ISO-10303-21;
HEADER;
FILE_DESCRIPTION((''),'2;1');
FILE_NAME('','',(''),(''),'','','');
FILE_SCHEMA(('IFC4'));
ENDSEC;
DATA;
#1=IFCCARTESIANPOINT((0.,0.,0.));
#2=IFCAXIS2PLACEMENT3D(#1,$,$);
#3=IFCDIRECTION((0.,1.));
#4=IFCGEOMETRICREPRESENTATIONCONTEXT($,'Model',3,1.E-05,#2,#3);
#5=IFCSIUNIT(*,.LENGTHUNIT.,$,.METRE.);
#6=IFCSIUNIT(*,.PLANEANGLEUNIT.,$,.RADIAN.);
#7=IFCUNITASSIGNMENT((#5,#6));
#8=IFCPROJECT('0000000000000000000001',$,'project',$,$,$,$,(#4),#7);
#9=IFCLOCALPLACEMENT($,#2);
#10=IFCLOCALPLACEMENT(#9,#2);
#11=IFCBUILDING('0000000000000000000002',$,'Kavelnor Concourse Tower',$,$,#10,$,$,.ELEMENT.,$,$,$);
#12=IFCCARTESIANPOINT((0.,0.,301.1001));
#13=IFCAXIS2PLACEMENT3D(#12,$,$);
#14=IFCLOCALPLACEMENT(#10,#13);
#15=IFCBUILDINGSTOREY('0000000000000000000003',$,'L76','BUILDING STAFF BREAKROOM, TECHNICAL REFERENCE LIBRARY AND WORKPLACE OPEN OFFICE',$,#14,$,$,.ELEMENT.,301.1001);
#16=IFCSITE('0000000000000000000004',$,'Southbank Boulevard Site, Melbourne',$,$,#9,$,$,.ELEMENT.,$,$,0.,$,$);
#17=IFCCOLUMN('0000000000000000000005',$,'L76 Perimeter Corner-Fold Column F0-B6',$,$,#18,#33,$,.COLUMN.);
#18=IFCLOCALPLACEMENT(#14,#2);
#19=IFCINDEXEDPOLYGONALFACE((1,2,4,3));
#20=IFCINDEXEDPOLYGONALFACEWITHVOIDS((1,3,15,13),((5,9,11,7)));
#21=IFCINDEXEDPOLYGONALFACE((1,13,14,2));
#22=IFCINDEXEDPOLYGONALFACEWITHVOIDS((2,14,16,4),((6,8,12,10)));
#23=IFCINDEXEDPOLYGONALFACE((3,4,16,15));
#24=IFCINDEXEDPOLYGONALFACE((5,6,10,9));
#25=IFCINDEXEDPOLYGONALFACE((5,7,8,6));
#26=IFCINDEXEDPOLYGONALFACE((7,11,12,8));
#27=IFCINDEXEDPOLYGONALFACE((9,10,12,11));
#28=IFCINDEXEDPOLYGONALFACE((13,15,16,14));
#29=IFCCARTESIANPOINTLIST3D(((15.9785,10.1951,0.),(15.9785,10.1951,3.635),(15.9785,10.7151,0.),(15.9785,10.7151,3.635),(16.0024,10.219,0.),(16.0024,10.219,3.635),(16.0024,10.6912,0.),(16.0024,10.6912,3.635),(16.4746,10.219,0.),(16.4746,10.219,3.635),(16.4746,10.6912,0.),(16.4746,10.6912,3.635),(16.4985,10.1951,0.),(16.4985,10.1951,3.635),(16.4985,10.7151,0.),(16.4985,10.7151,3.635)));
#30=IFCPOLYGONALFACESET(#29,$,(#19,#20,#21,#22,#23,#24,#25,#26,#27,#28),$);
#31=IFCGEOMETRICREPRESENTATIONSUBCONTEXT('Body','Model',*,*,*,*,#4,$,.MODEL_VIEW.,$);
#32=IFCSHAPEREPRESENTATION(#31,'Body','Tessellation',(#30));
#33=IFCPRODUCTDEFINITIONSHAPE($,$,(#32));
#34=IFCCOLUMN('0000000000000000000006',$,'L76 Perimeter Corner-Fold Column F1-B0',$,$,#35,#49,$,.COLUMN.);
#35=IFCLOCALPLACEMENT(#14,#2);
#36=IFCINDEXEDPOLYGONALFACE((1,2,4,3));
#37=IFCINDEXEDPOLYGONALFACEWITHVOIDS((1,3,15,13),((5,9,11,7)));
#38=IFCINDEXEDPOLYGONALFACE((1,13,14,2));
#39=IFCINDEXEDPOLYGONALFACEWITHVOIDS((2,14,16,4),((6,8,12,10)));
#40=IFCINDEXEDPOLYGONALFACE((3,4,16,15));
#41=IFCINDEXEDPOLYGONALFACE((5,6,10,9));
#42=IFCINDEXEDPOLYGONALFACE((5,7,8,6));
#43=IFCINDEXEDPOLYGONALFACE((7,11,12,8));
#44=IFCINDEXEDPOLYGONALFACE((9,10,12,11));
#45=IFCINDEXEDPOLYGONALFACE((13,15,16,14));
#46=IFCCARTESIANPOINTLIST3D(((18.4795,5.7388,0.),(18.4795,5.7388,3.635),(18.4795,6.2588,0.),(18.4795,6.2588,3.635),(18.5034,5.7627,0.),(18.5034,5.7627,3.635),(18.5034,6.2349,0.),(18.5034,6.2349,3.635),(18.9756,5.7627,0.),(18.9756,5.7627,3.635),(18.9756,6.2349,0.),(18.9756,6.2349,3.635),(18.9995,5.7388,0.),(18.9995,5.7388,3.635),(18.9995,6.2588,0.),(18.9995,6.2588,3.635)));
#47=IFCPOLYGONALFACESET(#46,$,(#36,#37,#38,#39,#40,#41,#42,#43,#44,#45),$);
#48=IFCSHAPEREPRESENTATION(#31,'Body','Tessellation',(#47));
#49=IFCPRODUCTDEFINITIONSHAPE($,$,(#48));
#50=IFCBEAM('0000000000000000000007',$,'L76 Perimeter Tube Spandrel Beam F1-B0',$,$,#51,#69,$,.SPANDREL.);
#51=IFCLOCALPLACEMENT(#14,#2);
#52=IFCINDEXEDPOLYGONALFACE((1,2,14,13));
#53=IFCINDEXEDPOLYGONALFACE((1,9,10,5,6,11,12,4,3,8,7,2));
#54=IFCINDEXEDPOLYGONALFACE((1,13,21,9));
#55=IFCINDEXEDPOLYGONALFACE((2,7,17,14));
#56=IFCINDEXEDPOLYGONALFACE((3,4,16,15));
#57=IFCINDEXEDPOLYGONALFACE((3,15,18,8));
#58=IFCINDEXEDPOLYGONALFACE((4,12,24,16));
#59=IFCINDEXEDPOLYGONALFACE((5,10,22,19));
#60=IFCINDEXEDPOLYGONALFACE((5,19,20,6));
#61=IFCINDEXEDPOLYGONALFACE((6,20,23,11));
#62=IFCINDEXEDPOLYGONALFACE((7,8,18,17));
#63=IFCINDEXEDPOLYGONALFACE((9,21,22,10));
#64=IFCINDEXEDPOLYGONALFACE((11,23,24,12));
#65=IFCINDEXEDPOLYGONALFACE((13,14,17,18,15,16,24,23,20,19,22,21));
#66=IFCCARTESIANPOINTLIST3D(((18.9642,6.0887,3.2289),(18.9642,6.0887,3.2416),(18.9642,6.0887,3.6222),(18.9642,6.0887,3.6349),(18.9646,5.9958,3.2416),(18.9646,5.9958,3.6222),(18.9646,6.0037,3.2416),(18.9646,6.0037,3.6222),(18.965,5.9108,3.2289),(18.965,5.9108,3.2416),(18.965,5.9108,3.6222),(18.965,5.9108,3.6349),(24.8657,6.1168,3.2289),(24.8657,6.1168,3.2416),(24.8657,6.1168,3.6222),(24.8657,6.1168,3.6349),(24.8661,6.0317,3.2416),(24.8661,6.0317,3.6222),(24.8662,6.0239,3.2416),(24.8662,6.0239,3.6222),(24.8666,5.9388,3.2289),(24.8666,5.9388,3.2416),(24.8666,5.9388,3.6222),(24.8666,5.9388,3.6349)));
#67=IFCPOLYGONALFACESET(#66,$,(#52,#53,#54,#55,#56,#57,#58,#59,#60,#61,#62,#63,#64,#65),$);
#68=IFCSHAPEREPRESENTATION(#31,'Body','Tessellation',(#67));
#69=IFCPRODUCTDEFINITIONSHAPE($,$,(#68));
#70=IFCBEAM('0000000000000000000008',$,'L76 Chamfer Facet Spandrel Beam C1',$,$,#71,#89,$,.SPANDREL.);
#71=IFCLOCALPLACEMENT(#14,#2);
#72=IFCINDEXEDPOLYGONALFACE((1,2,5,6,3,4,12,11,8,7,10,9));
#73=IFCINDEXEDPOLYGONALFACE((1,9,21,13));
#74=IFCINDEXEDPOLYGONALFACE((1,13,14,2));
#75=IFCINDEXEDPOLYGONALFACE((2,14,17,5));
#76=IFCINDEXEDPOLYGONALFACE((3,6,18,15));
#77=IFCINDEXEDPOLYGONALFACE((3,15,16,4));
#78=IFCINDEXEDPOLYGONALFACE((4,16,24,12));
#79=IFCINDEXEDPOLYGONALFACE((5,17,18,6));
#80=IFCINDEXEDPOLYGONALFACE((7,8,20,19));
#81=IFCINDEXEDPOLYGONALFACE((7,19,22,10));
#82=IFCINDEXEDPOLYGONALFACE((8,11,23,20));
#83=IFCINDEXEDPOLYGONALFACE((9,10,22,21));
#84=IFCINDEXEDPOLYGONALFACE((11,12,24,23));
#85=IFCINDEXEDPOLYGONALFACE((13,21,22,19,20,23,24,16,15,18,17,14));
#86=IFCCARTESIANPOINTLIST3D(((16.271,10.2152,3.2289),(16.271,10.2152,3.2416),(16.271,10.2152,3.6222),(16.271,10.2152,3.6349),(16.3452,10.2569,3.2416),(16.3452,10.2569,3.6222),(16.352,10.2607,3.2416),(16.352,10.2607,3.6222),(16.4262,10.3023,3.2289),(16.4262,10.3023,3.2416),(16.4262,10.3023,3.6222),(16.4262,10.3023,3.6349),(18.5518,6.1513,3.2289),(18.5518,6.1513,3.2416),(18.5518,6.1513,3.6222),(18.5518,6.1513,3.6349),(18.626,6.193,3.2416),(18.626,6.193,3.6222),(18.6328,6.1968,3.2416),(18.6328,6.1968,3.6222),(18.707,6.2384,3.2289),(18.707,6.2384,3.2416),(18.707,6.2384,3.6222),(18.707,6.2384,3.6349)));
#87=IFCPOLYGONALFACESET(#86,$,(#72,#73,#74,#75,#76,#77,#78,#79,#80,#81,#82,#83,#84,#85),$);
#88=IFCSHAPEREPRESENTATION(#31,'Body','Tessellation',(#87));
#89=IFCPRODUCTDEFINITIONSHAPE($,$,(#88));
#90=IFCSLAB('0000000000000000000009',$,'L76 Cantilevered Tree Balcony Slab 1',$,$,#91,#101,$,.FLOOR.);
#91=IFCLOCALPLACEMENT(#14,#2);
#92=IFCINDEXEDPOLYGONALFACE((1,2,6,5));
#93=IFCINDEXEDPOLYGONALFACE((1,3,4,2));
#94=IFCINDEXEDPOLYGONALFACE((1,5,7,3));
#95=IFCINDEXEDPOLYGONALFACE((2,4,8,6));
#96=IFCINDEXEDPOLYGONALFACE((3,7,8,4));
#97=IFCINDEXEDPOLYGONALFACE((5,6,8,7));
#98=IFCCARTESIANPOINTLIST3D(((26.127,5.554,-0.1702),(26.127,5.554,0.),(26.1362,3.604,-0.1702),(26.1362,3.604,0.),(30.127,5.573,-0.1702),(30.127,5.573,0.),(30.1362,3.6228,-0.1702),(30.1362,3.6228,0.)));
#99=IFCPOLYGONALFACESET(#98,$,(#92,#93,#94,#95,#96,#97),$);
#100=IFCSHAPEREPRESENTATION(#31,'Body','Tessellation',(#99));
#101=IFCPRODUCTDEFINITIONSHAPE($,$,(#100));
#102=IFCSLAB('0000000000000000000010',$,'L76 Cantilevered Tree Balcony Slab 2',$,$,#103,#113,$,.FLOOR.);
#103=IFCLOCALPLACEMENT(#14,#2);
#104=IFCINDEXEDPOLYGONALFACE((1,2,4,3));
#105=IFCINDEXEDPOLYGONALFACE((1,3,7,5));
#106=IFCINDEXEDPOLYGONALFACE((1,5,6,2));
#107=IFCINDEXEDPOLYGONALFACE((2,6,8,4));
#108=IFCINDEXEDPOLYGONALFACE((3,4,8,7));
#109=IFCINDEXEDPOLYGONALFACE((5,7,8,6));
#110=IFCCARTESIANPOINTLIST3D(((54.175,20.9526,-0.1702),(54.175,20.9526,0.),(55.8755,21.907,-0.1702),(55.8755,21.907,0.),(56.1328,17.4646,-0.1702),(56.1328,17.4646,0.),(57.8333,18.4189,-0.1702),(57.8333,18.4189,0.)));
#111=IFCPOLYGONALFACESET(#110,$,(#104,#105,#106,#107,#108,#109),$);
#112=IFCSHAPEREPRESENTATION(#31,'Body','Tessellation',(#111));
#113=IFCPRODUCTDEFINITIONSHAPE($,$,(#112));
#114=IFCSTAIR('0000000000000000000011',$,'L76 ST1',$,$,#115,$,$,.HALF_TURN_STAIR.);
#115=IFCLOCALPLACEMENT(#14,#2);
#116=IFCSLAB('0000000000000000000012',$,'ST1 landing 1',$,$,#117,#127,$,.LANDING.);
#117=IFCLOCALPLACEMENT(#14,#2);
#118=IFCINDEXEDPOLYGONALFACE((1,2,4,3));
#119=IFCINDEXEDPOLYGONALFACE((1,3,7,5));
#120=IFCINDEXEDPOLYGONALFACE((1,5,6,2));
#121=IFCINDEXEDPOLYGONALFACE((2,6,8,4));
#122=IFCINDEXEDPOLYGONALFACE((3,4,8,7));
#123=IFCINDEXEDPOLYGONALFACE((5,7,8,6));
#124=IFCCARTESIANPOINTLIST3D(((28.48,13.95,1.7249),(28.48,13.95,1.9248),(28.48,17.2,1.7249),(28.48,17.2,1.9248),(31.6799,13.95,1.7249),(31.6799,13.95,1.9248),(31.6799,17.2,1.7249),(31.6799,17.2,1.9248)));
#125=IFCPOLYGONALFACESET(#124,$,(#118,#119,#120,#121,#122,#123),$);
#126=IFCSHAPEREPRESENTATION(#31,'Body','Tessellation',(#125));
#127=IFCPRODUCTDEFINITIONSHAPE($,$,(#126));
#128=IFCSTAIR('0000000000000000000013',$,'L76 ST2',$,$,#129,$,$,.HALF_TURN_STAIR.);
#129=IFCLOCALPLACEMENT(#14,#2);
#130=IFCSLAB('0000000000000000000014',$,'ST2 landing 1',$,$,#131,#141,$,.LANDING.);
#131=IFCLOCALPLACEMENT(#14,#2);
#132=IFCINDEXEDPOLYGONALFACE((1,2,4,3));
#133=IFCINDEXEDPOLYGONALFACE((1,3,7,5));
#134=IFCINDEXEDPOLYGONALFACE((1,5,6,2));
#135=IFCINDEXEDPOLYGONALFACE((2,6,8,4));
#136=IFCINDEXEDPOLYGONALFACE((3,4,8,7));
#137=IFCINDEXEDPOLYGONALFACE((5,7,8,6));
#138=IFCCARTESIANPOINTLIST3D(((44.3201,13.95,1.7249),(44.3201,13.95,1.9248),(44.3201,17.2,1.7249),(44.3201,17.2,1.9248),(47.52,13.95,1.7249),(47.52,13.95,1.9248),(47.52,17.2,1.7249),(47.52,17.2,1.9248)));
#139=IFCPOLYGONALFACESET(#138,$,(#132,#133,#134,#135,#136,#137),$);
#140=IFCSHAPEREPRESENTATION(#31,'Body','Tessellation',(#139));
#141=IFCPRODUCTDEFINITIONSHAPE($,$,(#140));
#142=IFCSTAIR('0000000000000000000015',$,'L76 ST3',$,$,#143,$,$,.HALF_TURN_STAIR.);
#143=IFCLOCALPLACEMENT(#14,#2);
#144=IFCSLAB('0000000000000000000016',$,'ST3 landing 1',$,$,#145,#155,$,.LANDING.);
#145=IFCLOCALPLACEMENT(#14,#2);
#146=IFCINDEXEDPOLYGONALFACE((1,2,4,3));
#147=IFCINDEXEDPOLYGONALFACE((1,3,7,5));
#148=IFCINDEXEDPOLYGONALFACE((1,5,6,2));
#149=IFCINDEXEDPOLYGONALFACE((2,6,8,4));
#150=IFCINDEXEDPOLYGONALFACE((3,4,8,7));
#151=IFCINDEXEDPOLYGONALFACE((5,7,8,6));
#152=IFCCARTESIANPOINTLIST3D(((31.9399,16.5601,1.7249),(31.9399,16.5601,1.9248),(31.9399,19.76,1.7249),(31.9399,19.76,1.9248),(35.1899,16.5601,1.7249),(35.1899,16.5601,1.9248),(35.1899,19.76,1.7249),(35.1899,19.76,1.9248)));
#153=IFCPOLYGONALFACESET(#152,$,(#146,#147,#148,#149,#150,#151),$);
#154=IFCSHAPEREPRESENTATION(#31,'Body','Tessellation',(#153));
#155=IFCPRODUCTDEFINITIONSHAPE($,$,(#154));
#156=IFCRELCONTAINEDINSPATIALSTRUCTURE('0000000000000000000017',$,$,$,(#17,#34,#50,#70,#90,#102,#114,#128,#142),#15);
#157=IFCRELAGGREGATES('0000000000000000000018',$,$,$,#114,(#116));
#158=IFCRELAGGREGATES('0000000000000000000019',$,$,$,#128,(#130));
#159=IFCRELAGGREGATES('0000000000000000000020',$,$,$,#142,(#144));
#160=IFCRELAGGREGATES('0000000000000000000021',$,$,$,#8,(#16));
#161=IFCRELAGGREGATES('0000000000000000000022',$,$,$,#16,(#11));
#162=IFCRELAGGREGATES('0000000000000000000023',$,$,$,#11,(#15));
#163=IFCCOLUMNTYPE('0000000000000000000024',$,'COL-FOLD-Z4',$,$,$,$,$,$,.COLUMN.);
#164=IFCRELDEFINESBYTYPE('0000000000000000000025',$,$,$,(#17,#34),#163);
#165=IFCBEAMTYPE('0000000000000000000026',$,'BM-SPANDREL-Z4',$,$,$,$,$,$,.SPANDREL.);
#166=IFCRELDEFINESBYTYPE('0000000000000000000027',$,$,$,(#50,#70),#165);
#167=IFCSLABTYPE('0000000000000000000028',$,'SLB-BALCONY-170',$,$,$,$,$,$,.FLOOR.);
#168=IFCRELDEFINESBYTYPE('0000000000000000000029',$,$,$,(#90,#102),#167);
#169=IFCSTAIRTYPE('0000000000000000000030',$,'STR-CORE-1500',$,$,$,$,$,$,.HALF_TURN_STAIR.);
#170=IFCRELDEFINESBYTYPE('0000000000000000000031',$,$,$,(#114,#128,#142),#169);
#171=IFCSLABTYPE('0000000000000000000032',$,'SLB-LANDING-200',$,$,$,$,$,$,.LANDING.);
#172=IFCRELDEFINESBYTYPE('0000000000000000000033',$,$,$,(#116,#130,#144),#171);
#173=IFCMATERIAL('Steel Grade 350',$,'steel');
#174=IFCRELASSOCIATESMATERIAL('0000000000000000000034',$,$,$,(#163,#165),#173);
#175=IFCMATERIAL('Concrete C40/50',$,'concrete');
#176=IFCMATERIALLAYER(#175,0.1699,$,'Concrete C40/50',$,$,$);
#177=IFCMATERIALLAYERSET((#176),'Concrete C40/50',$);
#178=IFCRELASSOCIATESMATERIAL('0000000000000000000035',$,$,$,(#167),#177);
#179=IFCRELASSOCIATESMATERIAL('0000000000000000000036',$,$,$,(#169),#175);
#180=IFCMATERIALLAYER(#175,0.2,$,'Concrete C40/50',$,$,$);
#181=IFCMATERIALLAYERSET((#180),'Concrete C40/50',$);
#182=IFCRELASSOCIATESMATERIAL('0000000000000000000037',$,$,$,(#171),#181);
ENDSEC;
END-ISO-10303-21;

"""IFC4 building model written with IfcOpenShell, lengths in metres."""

from ifc_helpers import new_model, si_unit, direction, frame, origin, origin_2d, place, context, subcontext, project, spatial, polyline, hollow_rectangle, i_section, outline, extrude, material, layer, layer_set, material_profile, profile_set, type_object, element, aggregate, save


model = new_model("IFC4")

# Units and contexts
model_context = context("Model", 3, precision=1e-05, world=origin(), true_north=direction((0.0, 1.0)))
body_context = subcontext(model_context, "Body", "Model", "MODEL_VIEW")
ifc_project = project(units=[si_unit("LENGTHUNIT", "METRE"), si_unit("PLANEANGLEUNIT", "RADIAN")], contexts=[model_context])

# Site, building, storey
site_placement = place(None, origin())
site = spatial("IfcSite", under=ifc_project, at=site_placement, Name="Southbank Boulevard Site, Melbourne", CompositionType="ELEMENT", RefElevation=0.0)
building_placement = place(site_placement, origin())
building = spatial("IfcBuilding", under=site, at=building_placement, Name="Kavelnor Concourse Tower", CompositionType="ELEMENT")
storey_placement = place(building_placement, frame((0.0, 0.0, 301.1001)))
storey = spatial("IfcBuildingStorey", under=building, at=storey_placement, Name="L76", Description="BUILDING STAFF BREAKROOM, TECHNICAL REFERENCE LIBRARY AND WORKPLACE OPEN OFFICE", CompositionType="ELEMENT", Elevation=301.1001)

# Columns
ifc_material_1 = material(Name="Steel Grade 350", Category="steel")
ifc_material_profile_1 = material_profile(ifc_material_1, hollow_rectangle(XDim=0.52, YDim=0.52, WallThickness=0.0239, at=origin_2d()), Name="SHS 520x520x24")
ifc_profile_set_1 = profile_set([ifc_material_profile_1], Name="Steel Grade 350")
column_type = type_object("IfcColumnType", Name="COL-FOLD-Z4", PredefinedType="COLUMN", material=ifc_profile_set_1)
for number, where, z_axis, x_axis, name in (
    (1, (16.2385, 10.4551, 0.0), (0.0, 0.0, 1.0), (1.0, 0.0, 0.0), "L76 Perimeter Corner-Fold Column F0-B6"),
    (2, (18.7395, 5.9988, 0.0), (0.0, 0.0, 1.0), (1.0, 0.0, 0.0), "L76 Perimeter Corner-Fold Column F1-B0"),
):
    element("IfcColumn", number, at=place(storey_placement, frame(where, z_axis=z_axis, x_axis=x_axis)), inside=storey, type_object=column_type, Name=name, PredefinedType="COLUMN", context=body_context, shape_type="SweptSolid", body=[
        extrude(hollow_rectangle(XDim=0.52, YDim=0.52, WallThickness=0.0239, at=origin_2d()), origin(), (0.0, 0.0, 1.0), 3.635),
    ])

# Beams
ifc_material_profile_2 = material_profile(ifc_material_1, i_section(OverallWidth=0.178, OverallDepth=0.406, WebThickness=0.0078, FlangeThickness=0.0127, at=origin_2d()), Name="410UB59")
ifc_profile_set_2 = profile_set([ifc_material_profile_2], Name="Steel Grade 350")
beam_type = type_object("IfcBeamType", Name="BM-SPANDREL-Z4", PredefinedType="SPANDREL", material=ifc_profile_set_2)
beam_1_placement = place(storey_placement, frame((18.9646, 5.9998, 3.4319), z_axis=(0.999989, 0.004757, 0.0), x_axis=(-0.004757, 0.999989, 0.0)))
element("IfcBeam", 3, at=beam_1_placement, inside=storey, type_object=beam_type, Name="L76 Perimeter Tube Spandrel Beam F1-B0", PredefinedType="SPANDREL", context=body_context, shape_type="SweptSolid", body=[
    extrude(i_section(OverallWidth=0.178, OverallDepth=0.406, WebThickness=0.0078, FlangeThickness=0.0127, at=origin_2d()), origin(), (0.0, 0.0, 1.0), 5.9016),
])
beam_2_placement = place(storey_placement, frame((16.3486, 10.2588, 3.4319), z_axis=(0.48941, -0.872054, 0.0), x_axis=(0.872054, 0.48941, 0.0)))
element("IfcBeam", 4, at=beam_2_placement, inside=storey, type_object=beam_type, Name="L76 Chamfer Facet Spandrel Beam C1", PredefinedType="SPANDREL", context=body_context, shape_type="SweptSolid", body=[
    extrude(i_section(OverallWidth=0.178, OverallDepth=0.406, WebThickness=0.0078, FlangeThickness=0.0127, at=origin_2d()), origin(), (0.0, 0.0, 1.0), 4.6602),
])

# Slabs
ifc_material_2 = material(Name="Concrete C40/50", Category="concrete")
ifc_layer_1 = layer(ifc_material_2, 0.1699, Name="Concrete C40/50")
ifc_layer_set_1 = layer_set([ifc_layer_1], Name="Concrete C40/50")
slab_type_1 = type_object("IfcSlabType", Name="SLB-BALCONY-170", PredefinedType="FLOOR", material=ifc_layer_set_1)
slab_1_placement = place(storey_placement, frame((0.0, 0.0, -0.1702)))
element("IfcSlab", 5, at=slab_1_placement, inside=storey, type_object=slab_type_1, Name="L76 Cantilevered Tree Balcony Slab 1", PredefinedType="FLOOR", context=body_context, shape_type="SweptSolid", body=[
    extrude(outline(polyline([(30.1362, 3.6228), (26.1362, 3.604), (26.127, 5.554), (30.127, 5.573), (30.1362, 3.6228)])), origin(), (0.0, 0.0, 1.0), 0.1702),
])
slab_2_placement = place(storey_placement, frame((0.0, 0.0, -0.1702)))
element("IfcSlab", 6, at=slab_2_placement, inside=storey, type_object=slab_type_1, Name="L76 Cantilevered Tree Balcony Slab 2", PredefinedType="FLOOR", context=body_context, shape_type="SweptSolid", body=[
    extrude(outline(polyline([(55.8755, 21.907), (57.8333, 18.4189), (56.1328, 17.4646), (54.175, 20.9526), (55.8755, 21.907)])), origin(), (0.0, 0.0, 1.0), 0.1702),
])

# Stairs, slabs
stair_type = type_object("IfcStairType", Name="STR-CORE-1500", PredefinedType="HALF_TURN_STAIR", material=ifc_material_2)
stair_1_placement = place(storey_placement, origin())
stair_1 = element("IfcStair", 7, at=stair_1_placement, inside=storey, type_object=stair_type, Name="L76 ST1", PredefinedType="HALF_TURN_STAIR")
ifc_layer_2 = layer(ifc_material_2, 0.2, Name="Concrete C40/50")
ifc_layer_set_2 = layer_set([ifc_layer_2], Name="Concrete C40/50")
slab_type_2 = type_object("IfcSlabType", Name="SLB-LANDING-200", PredefinedType="LANDING", material=ifc_layer_set_2)
slab_3_placement = place(storey_placement, frame((0.0, 0.0, 1.7249)))
slab_3 = element("IfcSlab", 8, at=slab_3_placement, type_object=slab_type_2, Name="ST1 landing 1", PredefinedType="LANDING", context=body_context, shape_type="SweptSolid", body=[
    extrude(outline(polyline([(31.6799, 13.95), (31.6799, 17.2), (28.48, 17.2), (28.48, 13.95), (31.6799, 13.95)])), origin(), (0.0, 0.0, 1.0), 0.2),
])
aggregate(stair_1, [slab_3])
stair_2_placement = place(storey_placement, origin())
stair_2 = element("IfcStair", 9, at=stair_2_placement, inside=storey, type_object=stair_type, Name="L76 ST2", PredefinedType="HALF_TURN_STAIR")
slab_4_placement = place(storey_placement, frame((0.0, 0.0, 1.7249)))
slab_4 = element("IfcSlab", 10, at=slab_4_placement, type_object=slab_type_2, Name="ST2 landing 1", PredefinedType="LANDING", context=body_context, shape_type="SweptSolid", body=[
    extrude(outline(polyline([(47.52, 13.95), (47.52, 17.2), (44.3201, 17.2), (44.3201, 13.95), (47.52, 13.95)])), origin(), (0.0, 0.0, 1.0), 0.2),
])
aggregate(stair_2, [slab_4])
stair_3_placement = place(storey_placement, origin())
stair_3 = element("IfcStair", 11, at=stair_3_placement, inside=storey, type_object=stair_type, Name="L76 ST3", PredefinedType="HALF_TURN_STAIR")
slab_5_placement = place(storey_placement, frame((0.0, 0.0, 1.7249)))
slab_5 = element("IfcSlab", 12, at=slab_5_placement, type_object=slab_type_2, Name="ST3 landing 1", PredefinedType="LANDING", context=body_context, shape_type="SweptSolid", body=[
    extrude(outline(polyline([(35.1899, 19.76), (31.9399, 19.76), (31.9399, 16.5601), (35.1899, 16.5601), (35.1899, 19.76)])), origin(), (0.0, 0.0, 1.0), 0.2),
])
aggregate(stair_3, [slab_5])

save(model, "model.ifc")
